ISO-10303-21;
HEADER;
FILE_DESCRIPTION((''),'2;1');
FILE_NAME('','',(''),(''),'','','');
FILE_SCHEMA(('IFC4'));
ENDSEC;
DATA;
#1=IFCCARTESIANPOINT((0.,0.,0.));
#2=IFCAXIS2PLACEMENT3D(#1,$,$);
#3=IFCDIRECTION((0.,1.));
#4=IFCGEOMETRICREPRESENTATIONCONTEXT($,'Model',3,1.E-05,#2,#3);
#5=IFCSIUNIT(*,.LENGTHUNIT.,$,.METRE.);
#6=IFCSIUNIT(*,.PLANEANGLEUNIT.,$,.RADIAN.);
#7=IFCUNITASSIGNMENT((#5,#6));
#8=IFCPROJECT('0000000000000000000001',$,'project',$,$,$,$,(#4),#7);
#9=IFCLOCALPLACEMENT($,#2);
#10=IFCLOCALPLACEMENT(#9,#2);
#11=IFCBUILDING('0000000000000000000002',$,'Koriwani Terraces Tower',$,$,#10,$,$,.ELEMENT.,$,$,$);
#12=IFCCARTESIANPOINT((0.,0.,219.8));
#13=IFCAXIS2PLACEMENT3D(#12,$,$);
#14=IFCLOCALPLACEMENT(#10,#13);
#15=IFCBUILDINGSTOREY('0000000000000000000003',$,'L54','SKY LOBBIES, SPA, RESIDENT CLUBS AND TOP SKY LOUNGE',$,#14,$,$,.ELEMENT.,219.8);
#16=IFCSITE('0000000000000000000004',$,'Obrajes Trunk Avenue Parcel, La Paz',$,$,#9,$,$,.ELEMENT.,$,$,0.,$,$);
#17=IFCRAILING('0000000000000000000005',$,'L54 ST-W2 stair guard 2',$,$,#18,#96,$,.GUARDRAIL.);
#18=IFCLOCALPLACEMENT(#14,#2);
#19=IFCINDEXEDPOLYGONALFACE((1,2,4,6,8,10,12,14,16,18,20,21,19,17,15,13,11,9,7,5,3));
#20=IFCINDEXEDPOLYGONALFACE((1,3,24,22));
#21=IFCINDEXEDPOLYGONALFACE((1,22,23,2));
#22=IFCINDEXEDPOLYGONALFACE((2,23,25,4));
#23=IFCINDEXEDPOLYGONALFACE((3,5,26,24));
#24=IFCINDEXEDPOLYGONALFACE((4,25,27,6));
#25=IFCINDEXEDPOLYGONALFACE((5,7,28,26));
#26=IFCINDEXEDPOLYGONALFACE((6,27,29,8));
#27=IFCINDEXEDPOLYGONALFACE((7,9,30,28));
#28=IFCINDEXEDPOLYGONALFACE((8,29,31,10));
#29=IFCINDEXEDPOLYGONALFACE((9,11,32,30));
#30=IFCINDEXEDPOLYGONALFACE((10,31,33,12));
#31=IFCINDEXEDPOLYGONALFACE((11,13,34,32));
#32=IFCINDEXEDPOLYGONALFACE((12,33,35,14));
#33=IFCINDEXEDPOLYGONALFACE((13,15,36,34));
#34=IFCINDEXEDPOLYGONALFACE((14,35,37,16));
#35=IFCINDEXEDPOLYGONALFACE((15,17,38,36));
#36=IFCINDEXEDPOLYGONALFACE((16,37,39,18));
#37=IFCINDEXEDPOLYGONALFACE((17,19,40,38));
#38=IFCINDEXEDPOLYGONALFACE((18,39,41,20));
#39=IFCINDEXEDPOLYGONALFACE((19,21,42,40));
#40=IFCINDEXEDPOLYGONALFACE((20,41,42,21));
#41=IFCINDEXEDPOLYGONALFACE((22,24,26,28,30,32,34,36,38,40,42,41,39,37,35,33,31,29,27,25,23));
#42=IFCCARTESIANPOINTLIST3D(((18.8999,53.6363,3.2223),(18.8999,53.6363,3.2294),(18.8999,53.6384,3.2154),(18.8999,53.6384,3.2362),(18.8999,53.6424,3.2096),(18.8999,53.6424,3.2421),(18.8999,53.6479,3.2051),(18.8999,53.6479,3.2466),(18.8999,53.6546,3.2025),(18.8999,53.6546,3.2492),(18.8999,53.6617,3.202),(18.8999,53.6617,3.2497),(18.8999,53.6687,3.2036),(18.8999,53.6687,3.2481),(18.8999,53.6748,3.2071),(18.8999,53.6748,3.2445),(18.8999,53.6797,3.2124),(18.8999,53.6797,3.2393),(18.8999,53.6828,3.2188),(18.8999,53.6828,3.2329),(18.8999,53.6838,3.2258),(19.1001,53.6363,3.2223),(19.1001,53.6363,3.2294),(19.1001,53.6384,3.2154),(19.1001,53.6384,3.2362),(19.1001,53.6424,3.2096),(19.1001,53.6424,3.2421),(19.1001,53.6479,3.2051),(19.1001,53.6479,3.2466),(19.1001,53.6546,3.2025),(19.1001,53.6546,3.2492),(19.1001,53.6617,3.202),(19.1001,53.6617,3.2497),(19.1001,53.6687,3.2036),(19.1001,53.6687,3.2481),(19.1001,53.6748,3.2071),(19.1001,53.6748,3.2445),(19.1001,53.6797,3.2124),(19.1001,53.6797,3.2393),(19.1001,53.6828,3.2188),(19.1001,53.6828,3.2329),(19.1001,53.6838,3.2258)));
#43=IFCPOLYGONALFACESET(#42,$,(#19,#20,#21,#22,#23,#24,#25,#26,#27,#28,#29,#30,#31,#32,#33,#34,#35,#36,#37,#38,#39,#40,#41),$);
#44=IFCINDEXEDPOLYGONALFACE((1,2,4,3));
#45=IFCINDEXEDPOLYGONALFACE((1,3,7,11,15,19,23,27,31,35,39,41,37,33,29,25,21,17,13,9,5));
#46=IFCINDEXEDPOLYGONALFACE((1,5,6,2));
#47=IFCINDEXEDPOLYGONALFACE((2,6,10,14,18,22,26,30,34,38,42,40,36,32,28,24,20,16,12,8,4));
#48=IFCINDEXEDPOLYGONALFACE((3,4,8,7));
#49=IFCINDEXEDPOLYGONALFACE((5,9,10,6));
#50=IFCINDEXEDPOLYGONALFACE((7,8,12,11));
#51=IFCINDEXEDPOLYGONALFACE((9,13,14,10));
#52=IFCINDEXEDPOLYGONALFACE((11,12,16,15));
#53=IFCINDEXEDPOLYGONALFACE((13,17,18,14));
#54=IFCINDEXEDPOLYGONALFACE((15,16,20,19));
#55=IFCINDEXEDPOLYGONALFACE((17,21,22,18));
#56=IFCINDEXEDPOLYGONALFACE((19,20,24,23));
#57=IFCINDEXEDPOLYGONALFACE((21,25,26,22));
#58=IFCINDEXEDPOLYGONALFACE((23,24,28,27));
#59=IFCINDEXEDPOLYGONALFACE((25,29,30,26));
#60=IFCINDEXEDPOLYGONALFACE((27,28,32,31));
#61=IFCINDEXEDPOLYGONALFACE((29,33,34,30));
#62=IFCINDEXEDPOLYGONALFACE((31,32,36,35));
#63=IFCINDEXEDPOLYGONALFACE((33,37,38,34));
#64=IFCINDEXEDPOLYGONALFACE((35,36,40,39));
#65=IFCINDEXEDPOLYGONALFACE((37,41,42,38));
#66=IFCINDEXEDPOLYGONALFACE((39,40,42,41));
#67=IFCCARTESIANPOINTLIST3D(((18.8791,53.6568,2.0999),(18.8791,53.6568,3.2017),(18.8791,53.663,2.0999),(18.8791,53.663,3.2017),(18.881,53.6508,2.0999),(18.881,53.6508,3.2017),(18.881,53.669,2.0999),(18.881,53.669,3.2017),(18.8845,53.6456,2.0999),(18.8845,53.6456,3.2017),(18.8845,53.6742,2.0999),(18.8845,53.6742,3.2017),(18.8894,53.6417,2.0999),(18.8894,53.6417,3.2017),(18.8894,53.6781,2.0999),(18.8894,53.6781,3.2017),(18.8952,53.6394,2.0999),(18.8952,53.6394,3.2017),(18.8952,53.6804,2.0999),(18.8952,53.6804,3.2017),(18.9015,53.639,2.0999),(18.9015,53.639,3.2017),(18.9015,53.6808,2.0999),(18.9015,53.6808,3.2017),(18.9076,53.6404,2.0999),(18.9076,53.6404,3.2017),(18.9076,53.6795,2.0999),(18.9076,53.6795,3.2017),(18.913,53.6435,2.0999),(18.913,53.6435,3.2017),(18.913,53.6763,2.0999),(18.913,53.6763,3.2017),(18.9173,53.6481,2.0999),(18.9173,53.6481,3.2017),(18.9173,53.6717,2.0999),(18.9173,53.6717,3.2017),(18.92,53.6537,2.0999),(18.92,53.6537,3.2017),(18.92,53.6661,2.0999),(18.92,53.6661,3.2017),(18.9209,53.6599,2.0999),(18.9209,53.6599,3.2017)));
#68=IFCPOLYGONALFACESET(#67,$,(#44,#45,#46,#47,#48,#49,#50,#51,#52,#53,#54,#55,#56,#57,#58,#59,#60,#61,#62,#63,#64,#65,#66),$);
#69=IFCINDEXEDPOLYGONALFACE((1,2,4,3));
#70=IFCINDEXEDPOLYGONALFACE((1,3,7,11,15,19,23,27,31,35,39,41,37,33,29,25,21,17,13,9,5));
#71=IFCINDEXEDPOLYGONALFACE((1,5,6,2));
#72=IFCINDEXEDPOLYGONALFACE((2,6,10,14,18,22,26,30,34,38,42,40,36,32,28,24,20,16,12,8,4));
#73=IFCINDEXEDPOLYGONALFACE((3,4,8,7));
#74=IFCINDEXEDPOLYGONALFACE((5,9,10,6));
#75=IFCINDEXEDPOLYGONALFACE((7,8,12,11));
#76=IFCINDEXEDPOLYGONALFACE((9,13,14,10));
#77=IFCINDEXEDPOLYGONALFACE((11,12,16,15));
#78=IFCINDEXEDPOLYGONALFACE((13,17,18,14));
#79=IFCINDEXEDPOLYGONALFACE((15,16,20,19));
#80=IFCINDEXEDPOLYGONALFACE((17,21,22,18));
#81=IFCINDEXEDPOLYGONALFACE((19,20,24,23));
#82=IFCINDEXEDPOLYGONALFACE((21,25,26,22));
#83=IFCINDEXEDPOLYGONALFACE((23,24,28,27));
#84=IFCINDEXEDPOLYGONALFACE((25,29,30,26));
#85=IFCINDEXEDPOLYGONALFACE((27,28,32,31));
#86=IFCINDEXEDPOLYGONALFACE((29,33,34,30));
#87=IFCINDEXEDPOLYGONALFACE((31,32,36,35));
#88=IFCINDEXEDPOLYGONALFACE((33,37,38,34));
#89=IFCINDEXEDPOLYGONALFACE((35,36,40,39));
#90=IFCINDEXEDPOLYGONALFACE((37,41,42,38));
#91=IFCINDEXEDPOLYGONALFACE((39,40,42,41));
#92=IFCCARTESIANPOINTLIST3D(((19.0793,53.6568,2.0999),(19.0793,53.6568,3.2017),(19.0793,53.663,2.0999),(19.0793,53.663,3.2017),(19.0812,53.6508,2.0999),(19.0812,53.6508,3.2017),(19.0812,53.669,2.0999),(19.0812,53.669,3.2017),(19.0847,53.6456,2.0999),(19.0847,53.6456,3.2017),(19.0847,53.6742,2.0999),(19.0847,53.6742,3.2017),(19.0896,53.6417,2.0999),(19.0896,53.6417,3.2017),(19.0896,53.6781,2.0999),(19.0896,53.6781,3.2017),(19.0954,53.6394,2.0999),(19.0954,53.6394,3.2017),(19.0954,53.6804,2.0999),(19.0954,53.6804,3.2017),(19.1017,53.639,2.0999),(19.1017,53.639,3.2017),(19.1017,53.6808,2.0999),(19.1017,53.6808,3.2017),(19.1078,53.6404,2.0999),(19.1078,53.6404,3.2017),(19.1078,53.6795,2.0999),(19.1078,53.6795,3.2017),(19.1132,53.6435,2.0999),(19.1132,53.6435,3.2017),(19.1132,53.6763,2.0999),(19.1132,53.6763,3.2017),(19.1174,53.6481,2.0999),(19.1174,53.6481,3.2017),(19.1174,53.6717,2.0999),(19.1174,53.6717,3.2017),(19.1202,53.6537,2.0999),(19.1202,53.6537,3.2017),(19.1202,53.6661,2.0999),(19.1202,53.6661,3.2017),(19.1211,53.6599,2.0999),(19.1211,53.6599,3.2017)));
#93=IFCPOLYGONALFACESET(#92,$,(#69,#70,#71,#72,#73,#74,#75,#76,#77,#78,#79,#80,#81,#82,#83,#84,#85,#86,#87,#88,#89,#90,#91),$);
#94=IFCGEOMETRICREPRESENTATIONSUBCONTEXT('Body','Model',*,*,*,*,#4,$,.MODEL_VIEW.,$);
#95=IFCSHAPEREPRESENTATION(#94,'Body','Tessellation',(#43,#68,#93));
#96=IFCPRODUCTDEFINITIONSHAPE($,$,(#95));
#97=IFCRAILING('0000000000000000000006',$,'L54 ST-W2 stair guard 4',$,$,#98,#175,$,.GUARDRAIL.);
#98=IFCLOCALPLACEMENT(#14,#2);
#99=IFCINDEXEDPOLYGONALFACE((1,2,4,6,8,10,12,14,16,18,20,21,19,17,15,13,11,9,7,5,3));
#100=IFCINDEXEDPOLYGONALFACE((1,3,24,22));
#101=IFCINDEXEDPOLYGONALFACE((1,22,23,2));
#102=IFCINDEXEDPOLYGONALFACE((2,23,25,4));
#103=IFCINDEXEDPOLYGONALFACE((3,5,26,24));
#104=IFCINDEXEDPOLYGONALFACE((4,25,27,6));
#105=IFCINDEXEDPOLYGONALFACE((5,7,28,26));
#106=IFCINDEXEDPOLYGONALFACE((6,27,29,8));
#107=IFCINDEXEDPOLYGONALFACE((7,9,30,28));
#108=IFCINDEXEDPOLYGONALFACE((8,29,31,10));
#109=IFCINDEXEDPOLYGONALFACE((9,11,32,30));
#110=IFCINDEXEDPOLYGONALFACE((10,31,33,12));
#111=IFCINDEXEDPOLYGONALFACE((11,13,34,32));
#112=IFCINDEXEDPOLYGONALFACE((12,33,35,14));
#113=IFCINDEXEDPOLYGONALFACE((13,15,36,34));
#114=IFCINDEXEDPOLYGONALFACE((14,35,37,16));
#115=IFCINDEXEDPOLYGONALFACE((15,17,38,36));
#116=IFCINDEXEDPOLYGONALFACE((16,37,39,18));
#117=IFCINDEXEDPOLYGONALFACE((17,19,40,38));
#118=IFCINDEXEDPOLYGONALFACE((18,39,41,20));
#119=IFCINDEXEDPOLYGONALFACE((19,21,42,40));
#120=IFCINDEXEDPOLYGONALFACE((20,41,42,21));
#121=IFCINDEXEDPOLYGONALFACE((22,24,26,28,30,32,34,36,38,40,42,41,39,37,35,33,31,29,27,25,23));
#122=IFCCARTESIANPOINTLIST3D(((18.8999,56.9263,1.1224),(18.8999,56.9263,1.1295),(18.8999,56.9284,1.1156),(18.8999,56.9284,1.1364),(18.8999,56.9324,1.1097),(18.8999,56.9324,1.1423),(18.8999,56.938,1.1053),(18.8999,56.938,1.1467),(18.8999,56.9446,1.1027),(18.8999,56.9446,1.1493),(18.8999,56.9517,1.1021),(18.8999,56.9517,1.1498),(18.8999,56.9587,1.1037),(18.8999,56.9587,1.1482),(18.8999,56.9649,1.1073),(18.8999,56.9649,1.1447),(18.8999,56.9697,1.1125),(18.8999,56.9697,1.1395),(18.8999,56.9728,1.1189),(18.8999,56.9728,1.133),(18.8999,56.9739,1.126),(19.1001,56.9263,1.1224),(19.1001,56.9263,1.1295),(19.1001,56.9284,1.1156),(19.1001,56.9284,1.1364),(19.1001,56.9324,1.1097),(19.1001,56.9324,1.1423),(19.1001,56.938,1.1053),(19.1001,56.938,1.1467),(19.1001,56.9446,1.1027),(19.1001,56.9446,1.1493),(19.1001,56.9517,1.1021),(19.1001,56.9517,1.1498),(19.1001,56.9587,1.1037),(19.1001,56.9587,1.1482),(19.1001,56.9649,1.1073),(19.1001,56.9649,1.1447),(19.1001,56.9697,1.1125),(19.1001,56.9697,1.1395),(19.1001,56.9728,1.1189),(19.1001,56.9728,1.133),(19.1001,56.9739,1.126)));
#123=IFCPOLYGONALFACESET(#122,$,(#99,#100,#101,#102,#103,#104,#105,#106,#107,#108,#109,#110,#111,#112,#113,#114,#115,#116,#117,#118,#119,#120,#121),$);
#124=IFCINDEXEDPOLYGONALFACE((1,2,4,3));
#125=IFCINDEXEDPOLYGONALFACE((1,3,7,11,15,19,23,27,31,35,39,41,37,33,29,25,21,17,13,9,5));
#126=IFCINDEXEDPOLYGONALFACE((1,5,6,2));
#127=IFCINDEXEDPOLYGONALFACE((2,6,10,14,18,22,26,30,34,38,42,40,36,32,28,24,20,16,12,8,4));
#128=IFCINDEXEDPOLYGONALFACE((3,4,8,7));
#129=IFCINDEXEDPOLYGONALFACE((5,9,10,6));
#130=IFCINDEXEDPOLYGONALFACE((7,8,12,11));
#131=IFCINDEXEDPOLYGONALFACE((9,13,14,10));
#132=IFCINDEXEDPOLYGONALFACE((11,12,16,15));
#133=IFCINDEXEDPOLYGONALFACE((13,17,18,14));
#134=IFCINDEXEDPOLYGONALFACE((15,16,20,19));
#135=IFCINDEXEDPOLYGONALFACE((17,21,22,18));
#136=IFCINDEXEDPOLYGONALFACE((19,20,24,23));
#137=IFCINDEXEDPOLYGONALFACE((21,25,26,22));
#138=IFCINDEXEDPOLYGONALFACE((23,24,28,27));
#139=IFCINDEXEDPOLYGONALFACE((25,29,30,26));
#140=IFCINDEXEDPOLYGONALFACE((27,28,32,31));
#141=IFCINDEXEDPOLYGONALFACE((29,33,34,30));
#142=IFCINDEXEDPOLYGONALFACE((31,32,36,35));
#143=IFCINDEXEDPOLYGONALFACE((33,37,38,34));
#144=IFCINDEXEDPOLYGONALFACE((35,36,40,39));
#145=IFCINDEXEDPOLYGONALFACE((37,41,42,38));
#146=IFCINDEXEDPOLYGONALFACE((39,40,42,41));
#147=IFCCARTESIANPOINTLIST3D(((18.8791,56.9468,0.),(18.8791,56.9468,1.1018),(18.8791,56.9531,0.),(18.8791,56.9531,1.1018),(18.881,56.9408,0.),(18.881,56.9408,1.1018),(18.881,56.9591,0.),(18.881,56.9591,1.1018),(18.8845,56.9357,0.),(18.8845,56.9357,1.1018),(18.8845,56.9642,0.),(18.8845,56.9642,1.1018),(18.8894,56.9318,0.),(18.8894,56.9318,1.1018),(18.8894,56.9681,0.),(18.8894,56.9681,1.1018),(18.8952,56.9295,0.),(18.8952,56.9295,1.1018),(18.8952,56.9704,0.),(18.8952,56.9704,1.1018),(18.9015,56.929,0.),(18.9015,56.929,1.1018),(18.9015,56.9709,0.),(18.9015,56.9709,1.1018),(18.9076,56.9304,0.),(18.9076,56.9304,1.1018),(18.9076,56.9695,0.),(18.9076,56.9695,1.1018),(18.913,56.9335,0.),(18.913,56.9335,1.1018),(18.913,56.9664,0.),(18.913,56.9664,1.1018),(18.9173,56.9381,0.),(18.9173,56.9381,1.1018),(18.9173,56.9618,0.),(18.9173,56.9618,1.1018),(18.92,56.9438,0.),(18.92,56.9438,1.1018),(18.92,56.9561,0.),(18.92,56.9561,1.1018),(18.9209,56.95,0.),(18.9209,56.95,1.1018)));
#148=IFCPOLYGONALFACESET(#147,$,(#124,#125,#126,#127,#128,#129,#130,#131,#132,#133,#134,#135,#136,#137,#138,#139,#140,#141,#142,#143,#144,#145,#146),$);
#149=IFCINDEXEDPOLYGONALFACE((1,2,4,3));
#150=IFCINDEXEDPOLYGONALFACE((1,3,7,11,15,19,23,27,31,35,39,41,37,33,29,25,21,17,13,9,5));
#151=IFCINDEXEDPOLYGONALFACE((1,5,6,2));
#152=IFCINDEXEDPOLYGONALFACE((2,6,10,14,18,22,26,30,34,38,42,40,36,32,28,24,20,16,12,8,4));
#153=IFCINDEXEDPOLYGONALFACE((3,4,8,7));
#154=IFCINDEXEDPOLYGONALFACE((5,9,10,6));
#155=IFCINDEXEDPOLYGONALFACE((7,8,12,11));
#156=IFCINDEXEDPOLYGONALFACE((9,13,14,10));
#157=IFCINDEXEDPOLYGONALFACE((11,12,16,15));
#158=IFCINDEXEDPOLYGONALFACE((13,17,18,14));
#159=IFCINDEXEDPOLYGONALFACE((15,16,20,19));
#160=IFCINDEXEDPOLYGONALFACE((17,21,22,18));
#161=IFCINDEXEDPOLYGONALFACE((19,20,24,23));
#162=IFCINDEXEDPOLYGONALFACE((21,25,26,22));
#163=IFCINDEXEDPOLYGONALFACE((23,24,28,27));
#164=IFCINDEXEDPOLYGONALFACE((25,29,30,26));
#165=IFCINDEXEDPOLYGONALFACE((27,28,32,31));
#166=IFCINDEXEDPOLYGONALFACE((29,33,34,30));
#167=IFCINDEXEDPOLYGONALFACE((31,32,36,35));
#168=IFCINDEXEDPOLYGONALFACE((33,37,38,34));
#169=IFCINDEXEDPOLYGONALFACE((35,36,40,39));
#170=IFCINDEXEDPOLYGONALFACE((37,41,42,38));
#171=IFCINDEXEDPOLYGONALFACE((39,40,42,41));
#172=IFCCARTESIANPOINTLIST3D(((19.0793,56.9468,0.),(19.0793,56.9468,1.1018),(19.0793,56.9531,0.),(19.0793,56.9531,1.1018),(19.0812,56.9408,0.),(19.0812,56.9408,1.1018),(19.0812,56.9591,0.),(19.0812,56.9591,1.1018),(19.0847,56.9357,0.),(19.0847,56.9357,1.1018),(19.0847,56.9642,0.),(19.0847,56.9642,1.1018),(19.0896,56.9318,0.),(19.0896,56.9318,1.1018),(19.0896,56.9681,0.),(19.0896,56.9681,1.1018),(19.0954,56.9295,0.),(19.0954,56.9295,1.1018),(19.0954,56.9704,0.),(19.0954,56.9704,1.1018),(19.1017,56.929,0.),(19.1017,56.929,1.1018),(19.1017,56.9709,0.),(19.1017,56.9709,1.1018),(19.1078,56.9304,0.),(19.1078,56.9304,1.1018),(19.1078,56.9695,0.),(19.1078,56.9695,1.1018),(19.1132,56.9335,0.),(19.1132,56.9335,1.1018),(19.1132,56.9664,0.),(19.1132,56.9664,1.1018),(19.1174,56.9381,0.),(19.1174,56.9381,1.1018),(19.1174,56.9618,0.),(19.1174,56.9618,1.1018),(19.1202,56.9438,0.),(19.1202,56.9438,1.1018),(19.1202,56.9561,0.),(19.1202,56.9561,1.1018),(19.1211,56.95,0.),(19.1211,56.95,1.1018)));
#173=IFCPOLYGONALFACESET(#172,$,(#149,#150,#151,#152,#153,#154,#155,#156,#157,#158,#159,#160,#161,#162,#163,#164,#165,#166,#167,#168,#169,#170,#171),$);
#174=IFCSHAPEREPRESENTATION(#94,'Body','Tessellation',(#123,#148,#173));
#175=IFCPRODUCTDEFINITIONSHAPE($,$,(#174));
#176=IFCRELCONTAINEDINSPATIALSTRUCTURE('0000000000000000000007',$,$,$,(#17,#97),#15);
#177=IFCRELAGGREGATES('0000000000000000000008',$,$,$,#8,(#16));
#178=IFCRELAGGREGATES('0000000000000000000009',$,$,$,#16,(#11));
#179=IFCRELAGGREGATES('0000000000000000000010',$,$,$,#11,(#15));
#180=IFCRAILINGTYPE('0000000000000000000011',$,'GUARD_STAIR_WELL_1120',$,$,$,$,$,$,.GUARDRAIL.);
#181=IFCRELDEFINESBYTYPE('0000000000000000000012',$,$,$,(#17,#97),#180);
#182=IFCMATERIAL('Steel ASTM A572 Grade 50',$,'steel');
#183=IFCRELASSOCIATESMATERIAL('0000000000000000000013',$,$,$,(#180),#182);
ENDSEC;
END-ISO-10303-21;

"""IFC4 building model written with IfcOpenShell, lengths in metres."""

from ifc_helpers import new_model, si_unit, direction, frame, origin, origin_2d, place, context, subcontext, project, spatial, circle, extrude, material, type_object, element, save


model = new_model("IFC4")

# Units and contexts
model_context = context("Model", 3, precision=1e-05, world=origin(), true_north=direction((0.0, 1.0)))
body_context = subcontext(model_context, "Body", "Model", "MODEL_VIEW")
ifc_project = project(units=[si_unit("LENGTHUNIT", "METRE"), si_unit("PLANEANGLEUNIT", "RADIAN")], contexts=[model_context])

# Site, building, storey
site_placement = place(None, origin())
site = spatial("IfcSite", under=ifc_project, at=site_placement, Name="Obrajes Trunk Avenue Parcel, La Paz", CompositionType="ELEMENT", RefElevation=0.0)
building_placement = place(site_placement, origin())
building = spatial("IfcBuilding", under=site, at=building_placement, Name="Koriwani Terraces Tower", CompositionType="ELEMENT")
storey_placement = place(building_placement, frame((0.0, 0.0, 219.8)))
storey = spatial("IfcBuildingStorey", under=building, at=storey_placement, Name="L54", Description="SKY LOBBIES, SPA, RESIDENT CLUBS AND TOP SKY LOUNGE", CompositionType="ELEMENT", Elevation=219.8)

# Shared definitions
ifc_material_1 = material(Name="Steel ASTM A572 Grade 50", Category="steel")

# Railings
railing_type_1 = type_object("IfcRailingType", Name="GUARD_STAIR_WELL_1120", PredefinedType="GUARDRAIL", material=ifc_material_1)
for number, where, name in (
    (1, (18.8999, 53.6599, 2.0999), "L54 ST-W2 stair guard 2"),
    (2, (18.8999, 56.95, 0.0), "L54 ST-W2 stair guard 4"),
):
    element("IfcRailing", number, at=place(storey_placement, frame(where)), inside=storey, type_object=railing_type_1, Name=name, PredefinedType="GUARDRAIL", context=body_context, shape_type="SweptSolid", body=[
        extrude(circle(Radius=0.0239, at=origin_2d()), frame((0.0, 0.0, 1.126), z_axis=(1.0, 0.0, 0.0), x_axis=(0.0, 1.0, 0.0)), (0.0, 0.0, 1.0), 0.2002),
        extrude(circle(Radius=0.021, at=origin_2d()), origin(), (0.0, 0.0, 1.0), 1.1018),
        extrude(circle(Radius=0.021, at=origin_2d()), frame((0.2002, 0.0, 0.0)), (0.0, 0.0, 1.0), 1.1018),
    ])

save(model, "model.ifc")
